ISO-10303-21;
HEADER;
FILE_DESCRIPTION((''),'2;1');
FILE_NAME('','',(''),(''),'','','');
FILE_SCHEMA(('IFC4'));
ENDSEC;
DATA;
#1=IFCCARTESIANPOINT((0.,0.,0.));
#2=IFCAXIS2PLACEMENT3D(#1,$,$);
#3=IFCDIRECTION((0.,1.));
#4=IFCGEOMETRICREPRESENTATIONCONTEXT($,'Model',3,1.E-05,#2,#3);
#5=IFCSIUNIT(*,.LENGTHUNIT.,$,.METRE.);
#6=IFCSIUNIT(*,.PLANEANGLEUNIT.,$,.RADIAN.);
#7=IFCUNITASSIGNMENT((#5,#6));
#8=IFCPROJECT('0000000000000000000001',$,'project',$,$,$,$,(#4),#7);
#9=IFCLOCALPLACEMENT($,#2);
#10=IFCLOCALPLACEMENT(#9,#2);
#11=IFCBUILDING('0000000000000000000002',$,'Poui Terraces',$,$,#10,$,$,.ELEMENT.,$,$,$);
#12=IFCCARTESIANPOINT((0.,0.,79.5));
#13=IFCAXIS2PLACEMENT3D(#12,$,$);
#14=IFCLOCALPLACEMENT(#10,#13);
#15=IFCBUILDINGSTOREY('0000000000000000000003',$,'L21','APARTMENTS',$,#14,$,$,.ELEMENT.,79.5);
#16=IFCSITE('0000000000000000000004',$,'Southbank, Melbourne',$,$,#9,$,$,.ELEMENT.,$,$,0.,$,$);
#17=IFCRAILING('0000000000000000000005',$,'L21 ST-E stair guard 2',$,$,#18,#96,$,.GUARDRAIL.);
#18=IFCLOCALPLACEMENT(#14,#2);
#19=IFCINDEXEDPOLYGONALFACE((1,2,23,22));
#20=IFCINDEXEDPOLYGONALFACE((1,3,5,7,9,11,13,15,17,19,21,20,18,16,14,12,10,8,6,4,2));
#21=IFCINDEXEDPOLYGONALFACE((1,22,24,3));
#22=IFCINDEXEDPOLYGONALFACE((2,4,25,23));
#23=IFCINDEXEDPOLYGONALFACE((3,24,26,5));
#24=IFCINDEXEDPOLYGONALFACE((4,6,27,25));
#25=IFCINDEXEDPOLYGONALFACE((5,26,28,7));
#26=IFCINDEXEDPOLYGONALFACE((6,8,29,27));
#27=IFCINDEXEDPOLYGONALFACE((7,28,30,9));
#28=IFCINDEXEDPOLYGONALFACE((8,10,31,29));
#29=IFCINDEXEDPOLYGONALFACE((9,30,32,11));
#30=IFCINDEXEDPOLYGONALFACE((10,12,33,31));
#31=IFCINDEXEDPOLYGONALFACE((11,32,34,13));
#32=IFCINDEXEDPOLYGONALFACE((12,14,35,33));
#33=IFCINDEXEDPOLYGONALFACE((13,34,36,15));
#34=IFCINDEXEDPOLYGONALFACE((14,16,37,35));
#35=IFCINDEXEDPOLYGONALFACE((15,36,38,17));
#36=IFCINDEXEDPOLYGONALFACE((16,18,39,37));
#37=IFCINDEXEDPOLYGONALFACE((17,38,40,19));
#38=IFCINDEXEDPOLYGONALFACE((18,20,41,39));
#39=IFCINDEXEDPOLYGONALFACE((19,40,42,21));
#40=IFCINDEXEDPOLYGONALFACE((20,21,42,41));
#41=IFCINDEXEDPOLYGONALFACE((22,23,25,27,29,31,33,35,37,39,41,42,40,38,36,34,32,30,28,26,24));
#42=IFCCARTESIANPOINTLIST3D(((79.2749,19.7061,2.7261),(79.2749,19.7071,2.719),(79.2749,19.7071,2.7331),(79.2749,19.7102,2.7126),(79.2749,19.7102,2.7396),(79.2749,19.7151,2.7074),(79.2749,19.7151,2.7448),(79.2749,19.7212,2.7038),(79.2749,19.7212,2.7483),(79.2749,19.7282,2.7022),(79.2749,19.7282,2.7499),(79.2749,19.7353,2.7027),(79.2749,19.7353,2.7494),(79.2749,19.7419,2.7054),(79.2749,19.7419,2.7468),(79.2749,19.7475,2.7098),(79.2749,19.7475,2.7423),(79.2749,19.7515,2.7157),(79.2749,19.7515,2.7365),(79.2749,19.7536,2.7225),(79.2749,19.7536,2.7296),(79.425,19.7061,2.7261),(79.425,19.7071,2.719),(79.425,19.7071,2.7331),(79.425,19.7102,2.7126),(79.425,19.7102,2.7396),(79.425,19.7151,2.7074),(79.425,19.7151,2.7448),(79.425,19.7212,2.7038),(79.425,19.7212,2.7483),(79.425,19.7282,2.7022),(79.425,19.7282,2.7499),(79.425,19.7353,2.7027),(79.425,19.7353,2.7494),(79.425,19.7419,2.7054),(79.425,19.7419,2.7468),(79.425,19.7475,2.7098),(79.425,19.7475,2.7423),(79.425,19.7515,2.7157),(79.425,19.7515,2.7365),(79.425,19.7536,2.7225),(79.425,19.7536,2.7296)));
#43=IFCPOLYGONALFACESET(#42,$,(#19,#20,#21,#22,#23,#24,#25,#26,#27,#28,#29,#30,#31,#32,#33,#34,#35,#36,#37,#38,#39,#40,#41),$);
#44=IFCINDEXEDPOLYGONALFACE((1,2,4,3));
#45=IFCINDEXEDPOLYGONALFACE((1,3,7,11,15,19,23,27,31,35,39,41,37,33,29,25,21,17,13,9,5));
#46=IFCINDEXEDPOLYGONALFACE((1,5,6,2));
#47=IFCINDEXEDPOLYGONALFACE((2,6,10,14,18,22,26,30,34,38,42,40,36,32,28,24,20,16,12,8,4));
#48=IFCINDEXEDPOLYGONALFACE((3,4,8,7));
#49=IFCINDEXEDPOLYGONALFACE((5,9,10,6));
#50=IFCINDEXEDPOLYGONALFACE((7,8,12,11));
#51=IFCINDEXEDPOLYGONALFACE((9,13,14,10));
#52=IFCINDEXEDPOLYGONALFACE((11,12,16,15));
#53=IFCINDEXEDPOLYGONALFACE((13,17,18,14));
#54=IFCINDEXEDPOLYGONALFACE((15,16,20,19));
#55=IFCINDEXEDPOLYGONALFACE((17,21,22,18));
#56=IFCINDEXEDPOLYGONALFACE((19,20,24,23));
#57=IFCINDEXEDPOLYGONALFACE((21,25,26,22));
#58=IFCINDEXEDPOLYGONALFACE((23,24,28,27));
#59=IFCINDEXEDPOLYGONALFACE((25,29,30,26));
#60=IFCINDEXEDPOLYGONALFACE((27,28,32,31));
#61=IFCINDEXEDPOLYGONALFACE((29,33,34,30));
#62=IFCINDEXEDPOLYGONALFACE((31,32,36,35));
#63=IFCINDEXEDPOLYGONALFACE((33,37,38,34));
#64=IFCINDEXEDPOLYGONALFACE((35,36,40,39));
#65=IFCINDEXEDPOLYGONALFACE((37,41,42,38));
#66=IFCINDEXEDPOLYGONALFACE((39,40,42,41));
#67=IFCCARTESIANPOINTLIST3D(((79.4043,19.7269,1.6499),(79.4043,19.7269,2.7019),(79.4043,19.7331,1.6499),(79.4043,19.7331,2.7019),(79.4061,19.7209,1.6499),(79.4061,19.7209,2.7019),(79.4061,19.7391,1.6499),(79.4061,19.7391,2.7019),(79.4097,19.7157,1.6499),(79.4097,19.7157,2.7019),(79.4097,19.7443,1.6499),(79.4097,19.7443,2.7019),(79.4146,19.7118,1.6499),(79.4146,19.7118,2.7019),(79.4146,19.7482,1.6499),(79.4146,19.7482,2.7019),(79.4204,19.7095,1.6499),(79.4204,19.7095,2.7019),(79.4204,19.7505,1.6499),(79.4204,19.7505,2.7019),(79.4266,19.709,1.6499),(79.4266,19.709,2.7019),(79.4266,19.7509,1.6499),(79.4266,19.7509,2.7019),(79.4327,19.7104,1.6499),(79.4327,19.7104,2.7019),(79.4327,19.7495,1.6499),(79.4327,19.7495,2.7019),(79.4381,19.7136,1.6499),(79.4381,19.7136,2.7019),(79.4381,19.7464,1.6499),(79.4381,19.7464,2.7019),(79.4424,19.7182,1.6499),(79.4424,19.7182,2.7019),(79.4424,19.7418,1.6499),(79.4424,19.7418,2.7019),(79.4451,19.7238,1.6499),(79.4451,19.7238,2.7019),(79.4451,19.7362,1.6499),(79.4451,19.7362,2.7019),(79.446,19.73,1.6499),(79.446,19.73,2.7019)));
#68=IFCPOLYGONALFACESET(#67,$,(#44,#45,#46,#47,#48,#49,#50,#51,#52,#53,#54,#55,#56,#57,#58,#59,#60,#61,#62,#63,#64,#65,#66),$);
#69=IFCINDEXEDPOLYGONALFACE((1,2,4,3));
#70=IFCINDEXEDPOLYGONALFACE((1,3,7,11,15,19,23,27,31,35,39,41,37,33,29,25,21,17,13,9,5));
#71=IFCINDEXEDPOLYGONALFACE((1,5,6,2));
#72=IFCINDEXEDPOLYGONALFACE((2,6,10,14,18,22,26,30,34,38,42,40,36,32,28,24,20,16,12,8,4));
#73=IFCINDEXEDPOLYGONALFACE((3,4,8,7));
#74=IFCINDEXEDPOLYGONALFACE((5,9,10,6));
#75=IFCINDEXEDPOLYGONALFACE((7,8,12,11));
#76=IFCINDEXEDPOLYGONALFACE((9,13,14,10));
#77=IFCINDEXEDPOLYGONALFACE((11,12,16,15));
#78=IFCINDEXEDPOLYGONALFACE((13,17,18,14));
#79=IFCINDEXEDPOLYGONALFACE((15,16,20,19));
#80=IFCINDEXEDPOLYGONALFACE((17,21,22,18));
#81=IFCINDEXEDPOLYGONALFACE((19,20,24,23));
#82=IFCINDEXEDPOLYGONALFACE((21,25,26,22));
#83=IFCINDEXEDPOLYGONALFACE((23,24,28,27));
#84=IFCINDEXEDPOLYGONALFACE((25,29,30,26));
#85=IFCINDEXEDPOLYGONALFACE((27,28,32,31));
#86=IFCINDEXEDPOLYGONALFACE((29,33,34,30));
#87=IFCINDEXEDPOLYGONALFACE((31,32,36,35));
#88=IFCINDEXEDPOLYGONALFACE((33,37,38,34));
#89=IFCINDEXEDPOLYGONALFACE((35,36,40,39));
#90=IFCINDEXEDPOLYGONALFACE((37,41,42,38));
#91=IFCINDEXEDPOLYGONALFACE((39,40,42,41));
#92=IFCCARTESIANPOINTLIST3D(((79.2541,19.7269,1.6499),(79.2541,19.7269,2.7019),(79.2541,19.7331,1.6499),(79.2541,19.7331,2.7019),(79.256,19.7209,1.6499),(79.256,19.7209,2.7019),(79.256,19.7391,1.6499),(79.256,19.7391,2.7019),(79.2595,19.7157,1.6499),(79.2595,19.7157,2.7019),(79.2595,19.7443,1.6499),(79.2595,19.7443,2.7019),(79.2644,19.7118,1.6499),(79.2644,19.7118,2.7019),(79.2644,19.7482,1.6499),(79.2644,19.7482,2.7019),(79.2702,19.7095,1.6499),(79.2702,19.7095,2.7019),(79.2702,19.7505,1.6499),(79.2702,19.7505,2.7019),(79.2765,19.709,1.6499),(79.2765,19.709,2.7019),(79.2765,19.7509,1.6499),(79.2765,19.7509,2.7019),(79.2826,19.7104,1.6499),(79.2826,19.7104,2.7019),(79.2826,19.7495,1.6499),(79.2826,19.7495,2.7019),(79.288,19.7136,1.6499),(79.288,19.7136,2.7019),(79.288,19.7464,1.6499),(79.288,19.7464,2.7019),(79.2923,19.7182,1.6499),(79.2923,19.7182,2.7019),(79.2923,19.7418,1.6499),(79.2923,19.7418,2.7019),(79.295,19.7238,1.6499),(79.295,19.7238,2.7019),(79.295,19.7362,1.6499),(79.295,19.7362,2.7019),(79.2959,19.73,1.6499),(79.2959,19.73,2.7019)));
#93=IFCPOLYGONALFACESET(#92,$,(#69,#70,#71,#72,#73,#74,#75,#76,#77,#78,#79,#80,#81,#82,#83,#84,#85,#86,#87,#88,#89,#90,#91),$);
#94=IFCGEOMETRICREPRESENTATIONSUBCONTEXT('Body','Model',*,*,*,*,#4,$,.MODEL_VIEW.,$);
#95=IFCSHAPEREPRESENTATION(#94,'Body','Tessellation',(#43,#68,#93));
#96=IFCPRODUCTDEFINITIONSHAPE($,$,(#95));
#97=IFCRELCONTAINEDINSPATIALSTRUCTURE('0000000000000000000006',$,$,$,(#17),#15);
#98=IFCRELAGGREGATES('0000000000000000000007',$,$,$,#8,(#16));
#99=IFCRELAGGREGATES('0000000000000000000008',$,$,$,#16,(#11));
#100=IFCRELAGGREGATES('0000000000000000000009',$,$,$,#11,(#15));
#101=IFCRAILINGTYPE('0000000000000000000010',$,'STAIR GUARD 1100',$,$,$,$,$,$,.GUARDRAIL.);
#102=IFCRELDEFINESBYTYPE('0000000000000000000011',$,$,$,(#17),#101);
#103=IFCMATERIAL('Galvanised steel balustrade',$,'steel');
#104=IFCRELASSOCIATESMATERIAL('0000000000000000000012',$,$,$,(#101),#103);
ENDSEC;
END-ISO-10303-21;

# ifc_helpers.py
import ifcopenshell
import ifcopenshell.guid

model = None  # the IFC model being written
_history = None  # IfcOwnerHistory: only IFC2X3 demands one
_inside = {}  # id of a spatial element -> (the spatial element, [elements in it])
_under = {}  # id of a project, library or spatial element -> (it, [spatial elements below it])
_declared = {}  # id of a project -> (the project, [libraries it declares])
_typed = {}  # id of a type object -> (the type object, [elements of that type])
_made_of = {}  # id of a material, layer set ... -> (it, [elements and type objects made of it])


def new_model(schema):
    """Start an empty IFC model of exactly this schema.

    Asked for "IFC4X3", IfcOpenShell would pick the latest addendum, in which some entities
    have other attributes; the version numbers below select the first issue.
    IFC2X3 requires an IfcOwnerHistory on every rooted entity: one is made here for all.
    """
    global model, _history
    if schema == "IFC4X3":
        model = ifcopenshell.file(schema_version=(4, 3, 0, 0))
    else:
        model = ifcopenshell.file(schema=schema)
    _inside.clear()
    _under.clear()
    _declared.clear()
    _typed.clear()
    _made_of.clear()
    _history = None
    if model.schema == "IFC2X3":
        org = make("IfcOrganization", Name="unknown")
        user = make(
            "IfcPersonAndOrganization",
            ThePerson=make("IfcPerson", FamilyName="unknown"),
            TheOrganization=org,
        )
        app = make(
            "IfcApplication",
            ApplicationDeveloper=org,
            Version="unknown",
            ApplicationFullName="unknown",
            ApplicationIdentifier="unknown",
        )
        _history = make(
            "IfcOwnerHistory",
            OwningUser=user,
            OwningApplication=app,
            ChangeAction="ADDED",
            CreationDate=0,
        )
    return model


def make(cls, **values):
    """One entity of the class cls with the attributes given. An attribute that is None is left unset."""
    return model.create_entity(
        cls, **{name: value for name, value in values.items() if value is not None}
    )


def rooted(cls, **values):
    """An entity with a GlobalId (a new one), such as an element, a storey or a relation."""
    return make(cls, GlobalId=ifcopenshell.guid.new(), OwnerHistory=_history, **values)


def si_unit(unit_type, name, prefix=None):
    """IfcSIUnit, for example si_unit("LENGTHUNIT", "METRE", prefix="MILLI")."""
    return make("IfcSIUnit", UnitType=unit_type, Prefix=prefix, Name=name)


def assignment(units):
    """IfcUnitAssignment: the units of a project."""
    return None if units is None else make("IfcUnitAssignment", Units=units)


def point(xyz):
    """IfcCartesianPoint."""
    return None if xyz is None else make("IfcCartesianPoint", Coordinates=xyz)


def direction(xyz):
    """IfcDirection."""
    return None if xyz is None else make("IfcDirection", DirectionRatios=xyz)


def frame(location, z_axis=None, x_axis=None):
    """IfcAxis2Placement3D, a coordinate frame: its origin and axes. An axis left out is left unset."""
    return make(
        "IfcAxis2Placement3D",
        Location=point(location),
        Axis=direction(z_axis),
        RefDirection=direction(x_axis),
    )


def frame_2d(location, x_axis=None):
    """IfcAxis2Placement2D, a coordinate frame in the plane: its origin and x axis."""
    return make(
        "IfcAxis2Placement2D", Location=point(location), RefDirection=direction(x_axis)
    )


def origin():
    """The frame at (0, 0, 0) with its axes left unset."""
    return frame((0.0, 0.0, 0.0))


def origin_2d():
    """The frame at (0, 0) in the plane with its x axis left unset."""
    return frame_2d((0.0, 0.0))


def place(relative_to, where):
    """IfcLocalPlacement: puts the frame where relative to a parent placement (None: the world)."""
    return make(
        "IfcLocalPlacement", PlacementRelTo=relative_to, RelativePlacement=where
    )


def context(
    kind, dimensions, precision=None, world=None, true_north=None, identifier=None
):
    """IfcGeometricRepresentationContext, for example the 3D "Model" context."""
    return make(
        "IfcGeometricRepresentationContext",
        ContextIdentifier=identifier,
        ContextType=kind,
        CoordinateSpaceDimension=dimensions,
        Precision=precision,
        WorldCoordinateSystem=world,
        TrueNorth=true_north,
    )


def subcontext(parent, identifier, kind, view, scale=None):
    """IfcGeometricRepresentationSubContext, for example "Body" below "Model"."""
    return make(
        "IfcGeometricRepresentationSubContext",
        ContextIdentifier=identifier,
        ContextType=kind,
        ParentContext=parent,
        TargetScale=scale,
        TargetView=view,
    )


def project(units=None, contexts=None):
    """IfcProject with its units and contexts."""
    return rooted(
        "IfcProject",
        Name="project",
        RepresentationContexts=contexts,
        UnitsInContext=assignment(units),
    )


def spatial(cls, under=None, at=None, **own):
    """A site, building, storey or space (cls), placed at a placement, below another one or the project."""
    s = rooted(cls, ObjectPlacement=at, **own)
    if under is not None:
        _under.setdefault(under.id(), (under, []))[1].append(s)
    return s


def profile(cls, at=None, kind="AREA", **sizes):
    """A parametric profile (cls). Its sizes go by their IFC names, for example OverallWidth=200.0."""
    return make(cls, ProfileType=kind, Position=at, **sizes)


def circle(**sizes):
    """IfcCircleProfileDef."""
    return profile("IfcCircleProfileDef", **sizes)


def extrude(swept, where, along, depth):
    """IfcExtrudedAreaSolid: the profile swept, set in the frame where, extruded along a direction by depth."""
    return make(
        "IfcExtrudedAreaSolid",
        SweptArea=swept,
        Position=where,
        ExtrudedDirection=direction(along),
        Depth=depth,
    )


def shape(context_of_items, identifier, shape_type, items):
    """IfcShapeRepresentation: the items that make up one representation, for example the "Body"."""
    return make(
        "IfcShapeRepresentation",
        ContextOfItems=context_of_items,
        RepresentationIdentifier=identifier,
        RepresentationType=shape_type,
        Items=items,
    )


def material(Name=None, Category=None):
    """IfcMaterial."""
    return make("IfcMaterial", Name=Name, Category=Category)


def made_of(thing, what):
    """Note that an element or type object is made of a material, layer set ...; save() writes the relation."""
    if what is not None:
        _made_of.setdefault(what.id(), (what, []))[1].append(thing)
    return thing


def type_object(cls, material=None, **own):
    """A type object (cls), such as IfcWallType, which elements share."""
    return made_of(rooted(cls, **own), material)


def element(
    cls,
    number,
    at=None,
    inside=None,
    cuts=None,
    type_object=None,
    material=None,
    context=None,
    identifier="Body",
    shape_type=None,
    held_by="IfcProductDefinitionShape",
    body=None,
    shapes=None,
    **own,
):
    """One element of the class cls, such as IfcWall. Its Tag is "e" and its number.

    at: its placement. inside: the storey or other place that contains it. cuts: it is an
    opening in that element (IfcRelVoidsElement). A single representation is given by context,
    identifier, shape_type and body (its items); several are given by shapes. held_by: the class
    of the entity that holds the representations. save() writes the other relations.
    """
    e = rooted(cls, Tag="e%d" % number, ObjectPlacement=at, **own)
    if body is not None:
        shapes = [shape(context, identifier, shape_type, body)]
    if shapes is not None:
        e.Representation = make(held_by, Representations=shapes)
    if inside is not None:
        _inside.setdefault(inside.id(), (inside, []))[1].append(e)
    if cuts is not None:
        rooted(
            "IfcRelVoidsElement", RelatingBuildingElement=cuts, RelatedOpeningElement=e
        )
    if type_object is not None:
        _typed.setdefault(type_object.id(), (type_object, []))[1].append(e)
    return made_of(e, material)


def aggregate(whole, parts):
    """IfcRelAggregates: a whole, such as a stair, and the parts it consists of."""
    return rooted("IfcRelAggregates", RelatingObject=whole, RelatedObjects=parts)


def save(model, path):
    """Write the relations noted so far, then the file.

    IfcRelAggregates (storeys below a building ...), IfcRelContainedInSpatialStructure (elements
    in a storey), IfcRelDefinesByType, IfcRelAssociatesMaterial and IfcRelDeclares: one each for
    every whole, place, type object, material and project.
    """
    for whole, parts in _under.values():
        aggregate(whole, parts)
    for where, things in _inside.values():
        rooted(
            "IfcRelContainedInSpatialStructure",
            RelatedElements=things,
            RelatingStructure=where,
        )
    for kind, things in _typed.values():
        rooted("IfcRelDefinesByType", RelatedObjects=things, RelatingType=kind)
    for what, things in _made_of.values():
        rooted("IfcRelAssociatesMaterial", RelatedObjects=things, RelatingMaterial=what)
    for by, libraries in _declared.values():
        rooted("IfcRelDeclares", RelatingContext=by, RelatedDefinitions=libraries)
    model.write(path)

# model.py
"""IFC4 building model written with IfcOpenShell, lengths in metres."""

from ifc_helpers import new_model, si_unit, direction, frame, origin, origin_2d, place, context, subcontext, project, spatial, circle, extrude, material, type_object, element, save


model = new_model("IFC4")

# Units and contexts
model_context = context("Model", 3, precision=1e-05, world=origin(), true_north=direction((0.0, 1.0)))
body_context = subcontext(model_context, "Body", "Model", "MODEL_VIEW")
ifc_project = project(units=[si_unit("LENGTHUNIT", "METRE"), si_unit("PLANEANGLEUNIT", "RADIAN")], contexts=[model_context])

# Site, building, storey
site_placement = place(None, origin())
site = spatial("IfcSite", under=ifc_project, at=site_placement, Name="Southbank, Melbourne", CompositionType="ELEMENT", RefElevation=0.0)
building_placement = place(site_placement, origin())
building = spatial("IfcBuilding", under=site, at=building_placement, Name="Poui Terraces", CompositionType="ELEMENT")
storey_placement = place(building_placement, frame((0.0, 0.0, 79.5)))
storey = spatial("IfcBuildingStorey", under=building, at=storey_placement, Name="L21", Description="APARTMENTS", CompositionType="ELEMENT", Elevation=79.5)

# Railing
ifc_material_1 = material(Name="Galvanised steel balustrade", Category="steel")
railing_type_1 = type_object("IfcRailingType", Name="STAIR GUARD 1100", PredefinedType="GUARDRAIL", material=ifc_material_1)
railing_1_placement = place(storey_placement, frame((79.425, 19.73, 1.6499)))
element("IfcRailing", 1, at=railing_1_placement, inside=storey, type_object=railing_type_1, Name="L21 ST-E stair guard 2", PredefinedType="GUARDRAIL", context=body_context, shape_type="SweptSolid", body=[
    extrude(circle(Radius=0.0239, at=origin_2d()), frame((0.0, 0.0, 1.0762), z_axis=(-1.0, 0.0, 0.0), x_axis=(0.0, -1.0, 0.0)), (0.0, 0.0, 1.0), 0.1501),
    extrude(circle(Radius=0.021, at=origin_2d()), origin(), (0.0, 0.0, 1.0), 1.052),
    extrude(circle(Radius=0.021, at=origin_2d()), frame((-0.1501, 0.0, 0.0)), (0.0, 0.0, 1.0), 1.052),
])

save(model, "model.ifc")
